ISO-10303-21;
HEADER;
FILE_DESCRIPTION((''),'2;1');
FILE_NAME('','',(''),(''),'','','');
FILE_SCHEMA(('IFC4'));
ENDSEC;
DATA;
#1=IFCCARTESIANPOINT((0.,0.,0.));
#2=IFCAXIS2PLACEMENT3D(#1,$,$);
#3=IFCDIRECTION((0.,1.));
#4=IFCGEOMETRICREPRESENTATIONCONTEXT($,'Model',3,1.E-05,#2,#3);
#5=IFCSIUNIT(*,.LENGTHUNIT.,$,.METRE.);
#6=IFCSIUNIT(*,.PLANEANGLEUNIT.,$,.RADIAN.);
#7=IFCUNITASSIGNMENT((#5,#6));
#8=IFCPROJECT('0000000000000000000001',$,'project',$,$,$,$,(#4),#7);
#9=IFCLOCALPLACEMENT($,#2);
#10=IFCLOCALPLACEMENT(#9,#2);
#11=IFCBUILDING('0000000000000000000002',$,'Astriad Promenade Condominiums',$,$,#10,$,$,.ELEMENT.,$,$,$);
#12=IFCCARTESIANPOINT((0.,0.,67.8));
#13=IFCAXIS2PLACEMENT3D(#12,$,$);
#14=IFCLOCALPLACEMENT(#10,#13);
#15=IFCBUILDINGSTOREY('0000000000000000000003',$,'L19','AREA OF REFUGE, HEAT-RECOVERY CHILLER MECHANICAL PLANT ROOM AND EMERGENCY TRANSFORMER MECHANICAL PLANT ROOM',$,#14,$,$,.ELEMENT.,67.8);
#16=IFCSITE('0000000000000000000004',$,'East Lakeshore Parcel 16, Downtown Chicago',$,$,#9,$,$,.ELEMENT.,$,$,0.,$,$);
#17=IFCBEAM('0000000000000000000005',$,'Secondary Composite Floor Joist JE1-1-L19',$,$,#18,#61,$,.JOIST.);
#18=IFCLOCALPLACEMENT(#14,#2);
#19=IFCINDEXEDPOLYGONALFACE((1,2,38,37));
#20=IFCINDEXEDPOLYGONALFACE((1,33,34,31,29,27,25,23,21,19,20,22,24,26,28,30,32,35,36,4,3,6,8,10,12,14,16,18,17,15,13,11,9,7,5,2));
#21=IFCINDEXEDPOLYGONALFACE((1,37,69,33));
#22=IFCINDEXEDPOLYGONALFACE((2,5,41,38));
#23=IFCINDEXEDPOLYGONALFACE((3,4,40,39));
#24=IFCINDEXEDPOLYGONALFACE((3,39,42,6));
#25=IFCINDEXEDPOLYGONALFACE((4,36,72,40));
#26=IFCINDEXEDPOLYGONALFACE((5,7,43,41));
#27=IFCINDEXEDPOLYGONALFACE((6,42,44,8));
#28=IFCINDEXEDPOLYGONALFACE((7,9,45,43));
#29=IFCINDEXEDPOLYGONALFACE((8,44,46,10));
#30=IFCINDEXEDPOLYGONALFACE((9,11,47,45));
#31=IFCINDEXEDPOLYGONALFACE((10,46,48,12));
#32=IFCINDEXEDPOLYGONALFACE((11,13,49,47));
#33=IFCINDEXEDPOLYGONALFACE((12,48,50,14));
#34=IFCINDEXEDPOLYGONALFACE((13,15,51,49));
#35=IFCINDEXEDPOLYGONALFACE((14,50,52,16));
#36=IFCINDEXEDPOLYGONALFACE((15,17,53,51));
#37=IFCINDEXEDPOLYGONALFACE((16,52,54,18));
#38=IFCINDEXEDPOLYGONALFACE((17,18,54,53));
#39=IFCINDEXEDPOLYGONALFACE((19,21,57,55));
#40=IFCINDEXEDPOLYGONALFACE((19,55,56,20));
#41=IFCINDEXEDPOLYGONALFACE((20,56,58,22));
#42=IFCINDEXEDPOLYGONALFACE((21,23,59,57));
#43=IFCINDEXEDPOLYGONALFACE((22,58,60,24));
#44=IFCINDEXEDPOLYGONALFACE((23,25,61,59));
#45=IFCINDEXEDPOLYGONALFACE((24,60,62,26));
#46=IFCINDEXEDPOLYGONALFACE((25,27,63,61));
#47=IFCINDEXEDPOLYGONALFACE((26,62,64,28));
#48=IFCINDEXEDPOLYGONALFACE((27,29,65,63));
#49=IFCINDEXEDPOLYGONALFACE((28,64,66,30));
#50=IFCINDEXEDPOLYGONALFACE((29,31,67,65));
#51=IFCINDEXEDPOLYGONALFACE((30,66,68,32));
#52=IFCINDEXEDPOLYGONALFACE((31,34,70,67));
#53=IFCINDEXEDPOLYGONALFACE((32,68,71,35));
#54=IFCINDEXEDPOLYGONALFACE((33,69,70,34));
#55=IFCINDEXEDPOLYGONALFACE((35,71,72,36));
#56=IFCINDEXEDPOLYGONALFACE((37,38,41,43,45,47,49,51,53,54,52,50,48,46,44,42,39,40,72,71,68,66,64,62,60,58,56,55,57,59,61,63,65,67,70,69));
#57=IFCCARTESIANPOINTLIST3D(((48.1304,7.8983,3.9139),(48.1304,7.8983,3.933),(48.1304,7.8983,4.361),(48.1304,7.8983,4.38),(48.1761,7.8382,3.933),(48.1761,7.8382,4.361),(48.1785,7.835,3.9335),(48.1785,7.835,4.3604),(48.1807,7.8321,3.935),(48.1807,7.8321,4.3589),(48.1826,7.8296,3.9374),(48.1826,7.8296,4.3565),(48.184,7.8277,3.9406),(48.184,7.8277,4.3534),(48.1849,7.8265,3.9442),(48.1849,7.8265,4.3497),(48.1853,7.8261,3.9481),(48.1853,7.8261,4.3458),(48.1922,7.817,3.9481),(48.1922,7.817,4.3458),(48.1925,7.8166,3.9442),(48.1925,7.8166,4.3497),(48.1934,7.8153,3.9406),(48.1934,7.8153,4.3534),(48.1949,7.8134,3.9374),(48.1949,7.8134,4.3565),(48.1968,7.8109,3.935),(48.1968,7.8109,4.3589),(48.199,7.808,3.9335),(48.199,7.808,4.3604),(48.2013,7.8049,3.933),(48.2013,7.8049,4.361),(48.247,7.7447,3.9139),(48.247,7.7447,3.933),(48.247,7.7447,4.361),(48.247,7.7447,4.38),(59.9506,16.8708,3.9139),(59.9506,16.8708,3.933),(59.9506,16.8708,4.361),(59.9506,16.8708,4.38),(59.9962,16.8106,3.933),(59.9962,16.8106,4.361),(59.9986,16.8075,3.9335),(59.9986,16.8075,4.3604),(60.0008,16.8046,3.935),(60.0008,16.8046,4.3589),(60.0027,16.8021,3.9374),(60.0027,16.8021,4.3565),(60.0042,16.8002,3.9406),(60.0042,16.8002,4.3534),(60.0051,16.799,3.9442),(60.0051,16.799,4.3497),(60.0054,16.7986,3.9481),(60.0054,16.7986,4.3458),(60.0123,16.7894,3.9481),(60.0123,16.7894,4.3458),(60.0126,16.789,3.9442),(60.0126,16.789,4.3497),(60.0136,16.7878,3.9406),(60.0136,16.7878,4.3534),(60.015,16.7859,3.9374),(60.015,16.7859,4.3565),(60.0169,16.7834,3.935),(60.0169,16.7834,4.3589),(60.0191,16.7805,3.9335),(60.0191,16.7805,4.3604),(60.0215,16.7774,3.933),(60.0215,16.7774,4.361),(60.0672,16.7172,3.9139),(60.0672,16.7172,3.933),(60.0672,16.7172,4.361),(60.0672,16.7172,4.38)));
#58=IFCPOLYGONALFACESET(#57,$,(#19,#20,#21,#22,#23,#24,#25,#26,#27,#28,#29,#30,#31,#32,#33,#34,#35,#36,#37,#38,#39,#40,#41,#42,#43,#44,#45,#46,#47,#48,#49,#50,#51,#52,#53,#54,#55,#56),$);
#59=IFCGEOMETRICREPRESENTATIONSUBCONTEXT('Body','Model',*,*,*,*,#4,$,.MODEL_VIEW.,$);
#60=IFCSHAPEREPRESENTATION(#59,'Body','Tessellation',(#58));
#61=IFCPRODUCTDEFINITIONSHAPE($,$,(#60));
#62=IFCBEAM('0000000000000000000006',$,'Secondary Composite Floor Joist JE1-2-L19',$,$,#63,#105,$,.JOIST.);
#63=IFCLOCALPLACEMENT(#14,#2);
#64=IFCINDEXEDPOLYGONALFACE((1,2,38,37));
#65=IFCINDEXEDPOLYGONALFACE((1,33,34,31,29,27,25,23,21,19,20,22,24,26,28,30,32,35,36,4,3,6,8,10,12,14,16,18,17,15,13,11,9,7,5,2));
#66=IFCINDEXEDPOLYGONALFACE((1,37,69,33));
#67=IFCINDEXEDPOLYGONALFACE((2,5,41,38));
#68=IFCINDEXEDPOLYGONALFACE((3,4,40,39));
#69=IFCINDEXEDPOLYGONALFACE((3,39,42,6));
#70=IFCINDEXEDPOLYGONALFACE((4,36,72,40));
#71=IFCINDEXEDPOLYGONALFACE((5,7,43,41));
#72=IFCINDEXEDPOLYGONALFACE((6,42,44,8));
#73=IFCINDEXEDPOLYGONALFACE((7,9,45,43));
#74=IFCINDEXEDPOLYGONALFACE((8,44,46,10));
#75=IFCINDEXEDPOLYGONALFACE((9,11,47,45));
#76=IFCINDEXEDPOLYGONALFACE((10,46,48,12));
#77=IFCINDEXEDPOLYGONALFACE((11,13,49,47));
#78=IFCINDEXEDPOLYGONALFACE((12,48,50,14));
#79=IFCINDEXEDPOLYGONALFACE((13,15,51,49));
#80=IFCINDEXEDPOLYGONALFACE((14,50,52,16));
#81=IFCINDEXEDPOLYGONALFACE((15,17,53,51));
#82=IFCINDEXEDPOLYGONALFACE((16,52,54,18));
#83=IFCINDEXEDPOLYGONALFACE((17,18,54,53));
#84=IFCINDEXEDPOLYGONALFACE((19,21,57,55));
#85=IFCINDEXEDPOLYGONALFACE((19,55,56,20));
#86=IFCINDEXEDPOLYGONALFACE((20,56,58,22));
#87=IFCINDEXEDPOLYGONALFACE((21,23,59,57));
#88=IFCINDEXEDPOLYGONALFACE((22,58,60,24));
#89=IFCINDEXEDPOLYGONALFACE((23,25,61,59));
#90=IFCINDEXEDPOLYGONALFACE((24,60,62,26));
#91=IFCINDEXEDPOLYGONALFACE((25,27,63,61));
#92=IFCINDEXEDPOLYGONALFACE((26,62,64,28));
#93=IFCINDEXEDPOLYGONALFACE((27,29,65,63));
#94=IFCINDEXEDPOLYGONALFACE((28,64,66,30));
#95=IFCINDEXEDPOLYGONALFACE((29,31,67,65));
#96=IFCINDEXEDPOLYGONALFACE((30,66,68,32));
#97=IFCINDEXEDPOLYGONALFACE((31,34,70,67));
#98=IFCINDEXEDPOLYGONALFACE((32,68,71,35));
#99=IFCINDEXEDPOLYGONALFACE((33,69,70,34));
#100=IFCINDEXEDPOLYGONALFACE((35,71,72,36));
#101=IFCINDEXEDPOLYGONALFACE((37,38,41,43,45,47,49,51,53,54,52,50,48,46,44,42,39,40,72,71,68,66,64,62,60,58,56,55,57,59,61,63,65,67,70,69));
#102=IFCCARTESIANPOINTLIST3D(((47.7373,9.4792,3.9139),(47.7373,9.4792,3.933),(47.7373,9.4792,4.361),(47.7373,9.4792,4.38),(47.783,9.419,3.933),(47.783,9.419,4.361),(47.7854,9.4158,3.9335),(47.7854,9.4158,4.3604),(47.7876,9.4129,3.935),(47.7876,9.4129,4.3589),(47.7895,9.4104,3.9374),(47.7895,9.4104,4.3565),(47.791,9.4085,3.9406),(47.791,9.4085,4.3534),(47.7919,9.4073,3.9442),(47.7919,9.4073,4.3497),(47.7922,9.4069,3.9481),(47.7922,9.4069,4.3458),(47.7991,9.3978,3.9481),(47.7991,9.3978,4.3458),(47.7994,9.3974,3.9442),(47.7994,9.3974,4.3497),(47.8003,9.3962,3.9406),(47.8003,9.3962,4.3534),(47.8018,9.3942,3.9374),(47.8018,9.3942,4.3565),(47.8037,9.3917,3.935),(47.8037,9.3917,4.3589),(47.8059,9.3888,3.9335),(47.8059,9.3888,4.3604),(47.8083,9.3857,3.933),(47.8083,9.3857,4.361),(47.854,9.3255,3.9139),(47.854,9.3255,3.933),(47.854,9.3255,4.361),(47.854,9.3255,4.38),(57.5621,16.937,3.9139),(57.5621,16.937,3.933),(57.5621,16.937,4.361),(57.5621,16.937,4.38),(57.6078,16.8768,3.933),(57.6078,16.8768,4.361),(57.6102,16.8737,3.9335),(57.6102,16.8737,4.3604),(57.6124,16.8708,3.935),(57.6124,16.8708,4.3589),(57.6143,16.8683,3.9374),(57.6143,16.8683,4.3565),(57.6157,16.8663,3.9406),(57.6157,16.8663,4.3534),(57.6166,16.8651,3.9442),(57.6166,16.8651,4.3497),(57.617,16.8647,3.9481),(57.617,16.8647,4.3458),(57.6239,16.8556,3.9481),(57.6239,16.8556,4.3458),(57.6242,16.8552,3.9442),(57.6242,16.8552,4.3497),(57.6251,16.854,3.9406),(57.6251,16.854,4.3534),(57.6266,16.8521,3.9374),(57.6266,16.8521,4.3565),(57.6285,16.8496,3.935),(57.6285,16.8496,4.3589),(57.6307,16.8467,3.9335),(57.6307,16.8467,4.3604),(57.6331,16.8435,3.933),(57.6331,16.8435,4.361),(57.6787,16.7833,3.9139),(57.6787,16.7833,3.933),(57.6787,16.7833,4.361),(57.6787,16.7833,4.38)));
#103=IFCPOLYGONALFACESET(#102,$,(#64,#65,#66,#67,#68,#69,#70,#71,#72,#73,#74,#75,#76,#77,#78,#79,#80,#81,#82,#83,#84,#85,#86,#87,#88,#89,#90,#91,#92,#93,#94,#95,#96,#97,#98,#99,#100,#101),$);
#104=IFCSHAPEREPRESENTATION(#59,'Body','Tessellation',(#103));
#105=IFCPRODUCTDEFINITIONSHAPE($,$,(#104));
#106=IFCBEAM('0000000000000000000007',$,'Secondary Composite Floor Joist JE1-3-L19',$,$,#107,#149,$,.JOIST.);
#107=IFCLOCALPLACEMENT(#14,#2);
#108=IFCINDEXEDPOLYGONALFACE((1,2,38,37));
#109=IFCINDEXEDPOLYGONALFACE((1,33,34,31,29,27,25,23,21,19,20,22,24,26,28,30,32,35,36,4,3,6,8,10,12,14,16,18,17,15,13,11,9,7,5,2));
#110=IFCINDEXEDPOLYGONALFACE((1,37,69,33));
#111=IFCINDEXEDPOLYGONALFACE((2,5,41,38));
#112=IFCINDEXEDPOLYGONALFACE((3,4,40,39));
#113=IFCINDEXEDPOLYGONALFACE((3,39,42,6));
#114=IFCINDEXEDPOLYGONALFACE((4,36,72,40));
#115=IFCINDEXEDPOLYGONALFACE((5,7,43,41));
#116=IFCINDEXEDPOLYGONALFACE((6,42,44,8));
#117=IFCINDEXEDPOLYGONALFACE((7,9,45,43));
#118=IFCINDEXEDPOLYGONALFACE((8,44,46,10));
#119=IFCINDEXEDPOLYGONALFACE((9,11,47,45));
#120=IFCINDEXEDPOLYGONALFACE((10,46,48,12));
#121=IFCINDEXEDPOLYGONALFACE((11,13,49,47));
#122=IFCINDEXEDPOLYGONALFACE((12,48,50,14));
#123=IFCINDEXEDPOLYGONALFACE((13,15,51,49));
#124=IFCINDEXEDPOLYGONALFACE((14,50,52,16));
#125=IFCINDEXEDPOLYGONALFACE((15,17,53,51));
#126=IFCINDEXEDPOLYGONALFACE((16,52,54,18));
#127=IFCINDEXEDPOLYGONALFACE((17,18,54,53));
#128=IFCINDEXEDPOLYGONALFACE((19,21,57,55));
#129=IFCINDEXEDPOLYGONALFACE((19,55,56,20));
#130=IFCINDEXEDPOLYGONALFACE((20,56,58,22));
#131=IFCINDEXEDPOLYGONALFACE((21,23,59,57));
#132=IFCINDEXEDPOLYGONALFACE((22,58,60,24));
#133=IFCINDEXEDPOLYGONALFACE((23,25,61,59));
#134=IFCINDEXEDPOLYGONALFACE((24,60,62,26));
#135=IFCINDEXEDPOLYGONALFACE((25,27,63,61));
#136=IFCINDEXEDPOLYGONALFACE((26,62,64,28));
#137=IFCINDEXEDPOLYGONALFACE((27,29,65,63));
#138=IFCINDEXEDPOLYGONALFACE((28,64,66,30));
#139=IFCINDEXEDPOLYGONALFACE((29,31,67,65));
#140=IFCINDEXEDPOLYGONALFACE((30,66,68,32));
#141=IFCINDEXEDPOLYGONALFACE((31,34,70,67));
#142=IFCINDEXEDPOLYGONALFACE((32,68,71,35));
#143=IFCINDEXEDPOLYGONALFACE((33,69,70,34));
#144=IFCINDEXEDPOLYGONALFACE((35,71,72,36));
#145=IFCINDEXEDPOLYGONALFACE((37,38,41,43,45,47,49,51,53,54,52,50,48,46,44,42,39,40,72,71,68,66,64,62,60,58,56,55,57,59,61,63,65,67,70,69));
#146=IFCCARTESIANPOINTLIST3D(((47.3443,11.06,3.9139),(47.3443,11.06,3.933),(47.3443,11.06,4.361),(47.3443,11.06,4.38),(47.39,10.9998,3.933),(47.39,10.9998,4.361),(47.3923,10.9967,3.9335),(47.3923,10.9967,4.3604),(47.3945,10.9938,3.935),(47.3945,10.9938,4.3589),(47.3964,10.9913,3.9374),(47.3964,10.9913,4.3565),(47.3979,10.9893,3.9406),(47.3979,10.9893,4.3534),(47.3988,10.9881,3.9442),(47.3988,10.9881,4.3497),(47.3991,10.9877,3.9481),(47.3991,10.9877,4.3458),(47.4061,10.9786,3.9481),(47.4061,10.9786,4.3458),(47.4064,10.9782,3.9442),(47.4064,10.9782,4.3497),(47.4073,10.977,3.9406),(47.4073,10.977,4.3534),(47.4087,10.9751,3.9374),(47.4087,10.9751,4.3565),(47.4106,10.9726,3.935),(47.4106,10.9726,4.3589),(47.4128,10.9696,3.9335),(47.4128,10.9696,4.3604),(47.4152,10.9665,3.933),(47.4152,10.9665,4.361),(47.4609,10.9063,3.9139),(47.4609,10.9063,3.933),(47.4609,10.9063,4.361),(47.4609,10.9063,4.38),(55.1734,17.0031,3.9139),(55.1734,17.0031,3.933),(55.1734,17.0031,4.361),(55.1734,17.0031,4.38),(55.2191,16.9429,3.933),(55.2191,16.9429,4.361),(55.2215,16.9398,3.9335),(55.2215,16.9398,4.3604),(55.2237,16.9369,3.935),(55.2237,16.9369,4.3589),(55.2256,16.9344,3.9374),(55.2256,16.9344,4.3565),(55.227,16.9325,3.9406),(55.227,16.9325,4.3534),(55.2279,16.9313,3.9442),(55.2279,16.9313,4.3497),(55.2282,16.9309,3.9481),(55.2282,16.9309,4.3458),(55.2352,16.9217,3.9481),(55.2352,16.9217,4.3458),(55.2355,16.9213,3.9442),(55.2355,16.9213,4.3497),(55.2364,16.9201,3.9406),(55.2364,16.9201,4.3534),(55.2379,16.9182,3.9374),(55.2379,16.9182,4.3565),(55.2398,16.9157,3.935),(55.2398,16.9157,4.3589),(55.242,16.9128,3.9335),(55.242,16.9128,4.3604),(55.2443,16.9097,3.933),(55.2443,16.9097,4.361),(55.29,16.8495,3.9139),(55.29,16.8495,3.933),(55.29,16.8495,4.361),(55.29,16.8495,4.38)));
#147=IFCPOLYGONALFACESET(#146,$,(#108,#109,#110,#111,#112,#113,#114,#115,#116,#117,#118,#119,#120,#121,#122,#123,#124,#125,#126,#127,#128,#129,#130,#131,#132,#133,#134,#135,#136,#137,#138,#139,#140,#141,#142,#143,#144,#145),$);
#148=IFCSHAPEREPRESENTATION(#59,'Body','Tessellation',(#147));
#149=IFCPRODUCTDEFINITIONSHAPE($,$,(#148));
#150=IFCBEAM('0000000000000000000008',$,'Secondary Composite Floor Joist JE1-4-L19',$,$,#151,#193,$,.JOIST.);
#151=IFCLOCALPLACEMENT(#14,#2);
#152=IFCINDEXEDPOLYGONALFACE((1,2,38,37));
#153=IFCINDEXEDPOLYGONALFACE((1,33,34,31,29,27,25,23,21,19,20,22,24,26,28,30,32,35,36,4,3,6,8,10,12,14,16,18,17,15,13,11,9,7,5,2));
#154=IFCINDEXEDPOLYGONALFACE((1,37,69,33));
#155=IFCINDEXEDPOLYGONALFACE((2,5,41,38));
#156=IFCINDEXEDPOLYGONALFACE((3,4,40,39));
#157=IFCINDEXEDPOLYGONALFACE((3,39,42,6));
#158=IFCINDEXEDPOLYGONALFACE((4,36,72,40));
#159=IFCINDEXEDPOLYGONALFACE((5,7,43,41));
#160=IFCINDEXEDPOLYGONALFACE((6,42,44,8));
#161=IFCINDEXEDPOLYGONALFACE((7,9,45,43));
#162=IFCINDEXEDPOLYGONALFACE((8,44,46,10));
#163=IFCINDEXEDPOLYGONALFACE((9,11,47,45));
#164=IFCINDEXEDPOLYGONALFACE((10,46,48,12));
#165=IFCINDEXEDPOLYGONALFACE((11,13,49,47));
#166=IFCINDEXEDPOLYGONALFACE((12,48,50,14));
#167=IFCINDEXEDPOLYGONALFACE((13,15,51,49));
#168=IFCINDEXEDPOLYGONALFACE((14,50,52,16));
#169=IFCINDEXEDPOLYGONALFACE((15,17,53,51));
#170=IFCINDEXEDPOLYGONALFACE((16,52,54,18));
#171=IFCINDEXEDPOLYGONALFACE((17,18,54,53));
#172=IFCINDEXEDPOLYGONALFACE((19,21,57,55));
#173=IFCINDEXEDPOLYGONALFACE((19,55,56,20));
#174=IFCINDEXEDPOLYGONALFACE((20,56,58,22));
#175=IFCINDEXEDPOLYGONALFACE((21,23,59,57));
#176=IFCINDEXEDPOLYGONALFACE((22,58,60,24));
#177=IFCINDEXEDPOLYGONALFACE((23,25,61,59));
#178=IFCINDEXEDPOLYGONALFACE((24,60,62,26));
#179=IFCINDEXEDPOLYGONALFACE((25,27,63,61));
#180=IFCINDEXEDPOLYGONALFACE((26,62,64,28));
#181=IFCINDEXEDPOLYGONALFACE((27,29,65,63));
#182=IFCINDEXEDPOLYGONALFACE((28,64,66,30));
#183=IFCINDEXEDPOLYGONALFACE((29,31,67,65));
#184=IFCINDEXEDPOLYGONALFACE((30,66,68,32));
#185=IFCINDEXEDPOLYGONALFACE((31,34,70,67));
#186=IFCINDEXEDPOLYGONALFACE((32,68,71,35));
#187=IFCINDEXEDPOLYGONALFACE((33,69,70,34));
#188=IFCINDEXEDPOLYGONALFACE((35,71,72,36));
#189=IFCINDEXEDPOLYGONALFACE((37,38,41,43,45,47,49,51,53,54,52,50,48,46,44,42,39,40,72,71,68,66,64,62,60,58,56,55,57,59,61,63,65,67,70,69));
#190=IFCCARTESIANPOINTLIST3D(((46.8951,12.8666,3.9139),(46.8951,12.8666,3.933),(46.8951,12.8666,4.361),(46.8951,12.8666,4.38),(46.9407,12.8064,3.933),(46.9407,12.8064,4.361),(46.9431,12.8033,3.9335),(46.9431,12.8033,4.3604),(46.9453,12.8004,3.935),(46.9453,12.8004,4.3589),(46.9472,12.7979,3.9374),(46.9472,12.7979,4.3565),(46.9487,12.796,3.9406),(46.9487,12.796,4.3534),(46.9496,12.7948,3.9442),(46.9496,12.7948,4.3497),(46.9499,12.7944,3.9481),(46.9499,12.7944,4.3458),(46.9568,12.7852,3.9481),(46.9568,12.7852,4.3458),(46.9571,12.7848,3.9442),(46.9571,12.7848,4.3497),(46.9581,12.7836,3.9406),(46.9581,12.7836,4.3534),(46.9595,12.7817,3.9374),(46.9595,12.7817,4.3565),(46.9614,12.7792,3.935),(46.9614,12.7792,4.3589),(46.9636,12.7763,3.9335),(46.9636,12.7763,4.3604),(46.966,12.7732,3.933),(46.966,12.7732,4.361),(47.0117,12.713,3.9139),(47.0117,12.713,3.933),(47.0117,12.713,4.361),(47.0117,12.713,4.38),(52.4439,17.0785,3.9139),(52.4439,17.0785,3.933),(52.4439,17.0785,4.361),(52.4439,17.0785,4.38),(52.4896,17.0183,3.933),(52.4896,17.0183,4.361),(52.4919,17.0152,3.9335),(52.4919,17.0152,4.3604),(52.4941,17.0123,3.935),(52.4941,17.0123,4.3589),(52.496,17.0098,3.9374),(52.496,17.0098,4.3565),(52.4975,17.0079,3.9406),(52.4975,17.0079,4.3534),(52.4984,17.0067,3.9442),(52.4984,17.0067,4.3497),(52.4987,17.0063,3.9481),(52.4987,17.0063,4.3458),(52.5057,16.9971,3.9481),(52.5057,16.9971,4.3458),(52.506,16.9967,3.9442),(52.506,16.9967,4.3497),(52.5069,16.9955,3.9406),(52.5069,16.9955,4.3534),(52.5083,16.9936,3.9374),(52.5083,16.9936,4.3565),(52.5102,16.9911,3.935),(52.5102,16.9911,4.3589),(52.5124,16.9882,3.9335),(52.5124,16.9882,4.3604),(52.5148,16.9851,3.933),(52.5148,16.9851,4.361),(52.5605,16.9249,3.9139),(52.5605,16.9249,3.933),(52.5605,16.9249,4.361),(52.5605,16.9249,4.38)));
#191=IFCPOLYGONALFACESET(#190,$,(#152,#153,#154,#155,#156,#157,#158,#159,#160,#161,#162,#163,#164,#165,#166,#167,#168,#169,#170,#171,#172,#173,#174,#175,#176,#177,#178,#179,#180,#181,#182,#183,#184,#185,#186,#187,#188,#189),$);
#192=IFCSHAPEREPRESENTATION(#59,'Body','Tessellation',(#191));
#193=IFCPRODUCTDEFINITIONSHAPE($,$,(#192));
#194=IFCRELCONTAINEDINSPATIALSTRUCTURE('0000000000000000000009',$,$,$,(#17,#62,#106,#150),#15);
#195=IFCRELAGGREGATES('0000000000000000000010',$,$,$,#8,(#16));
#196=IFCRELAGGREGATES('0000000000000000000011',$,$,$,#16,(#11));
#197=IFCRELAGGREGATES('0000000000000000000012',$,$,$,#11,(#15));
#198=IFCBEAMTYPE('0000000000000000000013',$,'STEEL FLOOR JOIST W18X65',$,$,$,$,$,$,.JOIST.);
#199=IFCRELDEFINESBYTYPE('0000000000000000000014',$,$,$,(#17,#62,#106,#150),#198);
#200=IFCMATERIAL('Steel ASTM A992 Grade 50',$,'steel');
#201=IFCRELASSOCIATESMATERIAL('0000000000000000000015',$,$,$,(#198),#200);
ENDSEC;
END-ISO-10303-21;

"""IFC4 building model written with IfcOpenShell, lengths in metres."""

from ifc_helpers import new_model, si_unit, direction, frame, origin, origin_2d, place, context, subcontext, project, spatial, i_section, extrude, source, transform, mapped, material, material_profile, profile_set, type_object, element, save


model = new_model("IFC4")

# Units and contexts
model_context = context("Model", 3, precision=1e-05, world=origin(), true_north=direction((0.0, 1.0)))
body_context = subcontext(model_context, "Body", "Model", "MODEL_VIEW")
ifc_project = project(units=[si_unit("LENGTHUNIT", "METRE"), si_unit("PLANEANGLEUNIT", "RADIAN")], contexts=[model_context])

# Site, building, storey
site_placement = place(None, origin())
site = spatial("IfcSite", under=ifc_project, at=site_placement, Name="East Lakeshore Parcel 16, Downtown Chicago", CompositionType="ELEMENT", RefElevation=0.0)
building_placement = place(site_placement, origin())
building = spatial("IfcBuilding", under=site, at=building_placement, Name="Astriad Promenade Condominiums", CompositionType="ELEMENT")
storey_placement = place(building_placement, frame((0.0, 0.0, 67.8)))
storey = spatial("IfcBuildingStorey", under=building, at=storey_placement, Name="L19", Description="AREA OF REFUGE, HEAT-RECOVERY CHILLER MECHANICAL PLANT ROOM AND EMERGENCY TRANSFORMER MECHANICAL PLANT ROOM", CompositionType="ELEMENT", Elevation=67.8)

# Shared definitions
ifc_material_1 = material(Name="Steel ASTM A992 Grade 50", Category="steel")

# Beams
ifc_material_profile_1 = material_profile(ifc_material_1, i_section(OverallWidth=0.1929, OverallDepth=0.4661, WebThickness=0.0115, FlangeThickness=0.019, FilletRadius=0.0151, at=origin_2d()), Name="W18X65")
ifc_profile_set_1 = profile_set([ifc_material_profile_1], Name="Steel ASTM A992 Grade 50")
beam_type_1 = type_object("IfcBeamType", Name="STEEL FLOOR JOIST W18X65", PredefinedType="JOIST", material=ifc_profile_set_1)
shared_shape_1 = source(origin(), body_context, "Body", "SweptSolid", [
    extrude(i_section(OverallWidth=0.1929, OverallDepth=0.4661, WebThickness=0.0115, FlangeThickness=0.019, FilletRadius=0.0151, at=origin_2d()), origin(), (0.0, 0.0, 1.0), 14.8398),
])
beam_1_placement = place(storey_placement, frame((48.1887, 7.8215, 4.147), z_axis=(0.796514, 0.60462, 0.0), x_axis=(-0.60462, 0.796514, 0.0)))
element("IfcBeam", 1, at=beam_1_placement, inside=storey, type_object=beam_type_1, Name="Secondary Composite Floor Joist JE1-1-L19", PredefinedType="JOIST", context=body_context, shape_type="MappedRepresentation", body=[
    mapped(shared_shape_1, transform((0.0, 0.0, 0.0), scale=1.0)),
])
shared_shape_2 = source(origin(), body_context, "Body", "SweptSolid", [
    extrude(i_section(OverallWidth=0.1929, OverallDepth=0.4661, WebThickness=0.0115, FlangeThickness=0.019, FilletRadius=0.0151, at=origin_2d()), origin(), (0.0, 0.0, 1.0), 12.3347),
])
beam_2_placement = place(storey_placement, frame((47.7957, 9.4023, 4.147), z_axis=(0.796514, 0.60462, 0.0), x_axis=(-0.60462, 0.796514, 0.0)))
element("IfcBeam", 2, at=beam_2_placement, inside=storey, type_object=beam_type_1, Name="Secondary Composite Floor Joist JE1-2-L19", PredefinedType="JOIST", context=body_context, shape_type="MappedRepresentation", body=[
    mapped(shared_shape_2, transform((0.0, 0.0, 0.0), scale=1.0)),
])
shared_shape_3 = source(origin(), body_context, "Body", "SweptSolid", [
    extrude(i_section(OverallWidth=0.1929, OverallDepth=0.4661, WebThickness=0.0115, FlangeThickness=0.019, FilletRadius=0.0151, at=origin_2d()), origin(), (0.0, 0.0, 1.0), 9.8293),
])
beam_3_placement = place(storey_placement, frame((47.4026, 10.9832, 4.147), z_axis=(0.796505, 0.604632, 0.0), x_axis=(-0.604632, 0.796505, 0.0)))
element("IfcBeam", 3, at=beam_3_placement, inside=storey, type_object=beam_type_1, Name="Secondary Composite Floor Joist JE1-3-L19", PredefinedType="JOIST", context=body_context, shape_type="MappedRepresentation", body=[
    mapped(shared_shape_3, transform((0.0, 0.0, 0.0), scale=1.0)),
])
shared_shape_4 = source(origin(), body_context, "Body", "SweptSolid", [
    extrude(i_section(OverallWidth=0.1929, OverallDepth=0.4661, WebThickness=0.0115, FlangeThickness=0.019, FilletRadius=0.0151, at=origin_2d()), origin(), (0.0, 0.0, 1.0), 6.9663),
])
beam_4_placement = place(storey_placement, frame((46.9534, 12.7898, 4.147), z_axis=(0.796521, 0.60461, 0.0), x_axis=(-0.60461, 0.796521, 0.0)))
element("IfcBeam", 4, at=beam_4_placement, inside=storey, type_object=beam_type_1, Name="Secondary Composite Floor Joist JE1-4-L19", PredefinedType="JOIST", context=body_context, shape_type="MappedRepresentation", body=[
    mapped(shared_shape_4, transform((0.0, 0.0, 0.0), scale=1.0)),
])

save(model, "model.ifc")
